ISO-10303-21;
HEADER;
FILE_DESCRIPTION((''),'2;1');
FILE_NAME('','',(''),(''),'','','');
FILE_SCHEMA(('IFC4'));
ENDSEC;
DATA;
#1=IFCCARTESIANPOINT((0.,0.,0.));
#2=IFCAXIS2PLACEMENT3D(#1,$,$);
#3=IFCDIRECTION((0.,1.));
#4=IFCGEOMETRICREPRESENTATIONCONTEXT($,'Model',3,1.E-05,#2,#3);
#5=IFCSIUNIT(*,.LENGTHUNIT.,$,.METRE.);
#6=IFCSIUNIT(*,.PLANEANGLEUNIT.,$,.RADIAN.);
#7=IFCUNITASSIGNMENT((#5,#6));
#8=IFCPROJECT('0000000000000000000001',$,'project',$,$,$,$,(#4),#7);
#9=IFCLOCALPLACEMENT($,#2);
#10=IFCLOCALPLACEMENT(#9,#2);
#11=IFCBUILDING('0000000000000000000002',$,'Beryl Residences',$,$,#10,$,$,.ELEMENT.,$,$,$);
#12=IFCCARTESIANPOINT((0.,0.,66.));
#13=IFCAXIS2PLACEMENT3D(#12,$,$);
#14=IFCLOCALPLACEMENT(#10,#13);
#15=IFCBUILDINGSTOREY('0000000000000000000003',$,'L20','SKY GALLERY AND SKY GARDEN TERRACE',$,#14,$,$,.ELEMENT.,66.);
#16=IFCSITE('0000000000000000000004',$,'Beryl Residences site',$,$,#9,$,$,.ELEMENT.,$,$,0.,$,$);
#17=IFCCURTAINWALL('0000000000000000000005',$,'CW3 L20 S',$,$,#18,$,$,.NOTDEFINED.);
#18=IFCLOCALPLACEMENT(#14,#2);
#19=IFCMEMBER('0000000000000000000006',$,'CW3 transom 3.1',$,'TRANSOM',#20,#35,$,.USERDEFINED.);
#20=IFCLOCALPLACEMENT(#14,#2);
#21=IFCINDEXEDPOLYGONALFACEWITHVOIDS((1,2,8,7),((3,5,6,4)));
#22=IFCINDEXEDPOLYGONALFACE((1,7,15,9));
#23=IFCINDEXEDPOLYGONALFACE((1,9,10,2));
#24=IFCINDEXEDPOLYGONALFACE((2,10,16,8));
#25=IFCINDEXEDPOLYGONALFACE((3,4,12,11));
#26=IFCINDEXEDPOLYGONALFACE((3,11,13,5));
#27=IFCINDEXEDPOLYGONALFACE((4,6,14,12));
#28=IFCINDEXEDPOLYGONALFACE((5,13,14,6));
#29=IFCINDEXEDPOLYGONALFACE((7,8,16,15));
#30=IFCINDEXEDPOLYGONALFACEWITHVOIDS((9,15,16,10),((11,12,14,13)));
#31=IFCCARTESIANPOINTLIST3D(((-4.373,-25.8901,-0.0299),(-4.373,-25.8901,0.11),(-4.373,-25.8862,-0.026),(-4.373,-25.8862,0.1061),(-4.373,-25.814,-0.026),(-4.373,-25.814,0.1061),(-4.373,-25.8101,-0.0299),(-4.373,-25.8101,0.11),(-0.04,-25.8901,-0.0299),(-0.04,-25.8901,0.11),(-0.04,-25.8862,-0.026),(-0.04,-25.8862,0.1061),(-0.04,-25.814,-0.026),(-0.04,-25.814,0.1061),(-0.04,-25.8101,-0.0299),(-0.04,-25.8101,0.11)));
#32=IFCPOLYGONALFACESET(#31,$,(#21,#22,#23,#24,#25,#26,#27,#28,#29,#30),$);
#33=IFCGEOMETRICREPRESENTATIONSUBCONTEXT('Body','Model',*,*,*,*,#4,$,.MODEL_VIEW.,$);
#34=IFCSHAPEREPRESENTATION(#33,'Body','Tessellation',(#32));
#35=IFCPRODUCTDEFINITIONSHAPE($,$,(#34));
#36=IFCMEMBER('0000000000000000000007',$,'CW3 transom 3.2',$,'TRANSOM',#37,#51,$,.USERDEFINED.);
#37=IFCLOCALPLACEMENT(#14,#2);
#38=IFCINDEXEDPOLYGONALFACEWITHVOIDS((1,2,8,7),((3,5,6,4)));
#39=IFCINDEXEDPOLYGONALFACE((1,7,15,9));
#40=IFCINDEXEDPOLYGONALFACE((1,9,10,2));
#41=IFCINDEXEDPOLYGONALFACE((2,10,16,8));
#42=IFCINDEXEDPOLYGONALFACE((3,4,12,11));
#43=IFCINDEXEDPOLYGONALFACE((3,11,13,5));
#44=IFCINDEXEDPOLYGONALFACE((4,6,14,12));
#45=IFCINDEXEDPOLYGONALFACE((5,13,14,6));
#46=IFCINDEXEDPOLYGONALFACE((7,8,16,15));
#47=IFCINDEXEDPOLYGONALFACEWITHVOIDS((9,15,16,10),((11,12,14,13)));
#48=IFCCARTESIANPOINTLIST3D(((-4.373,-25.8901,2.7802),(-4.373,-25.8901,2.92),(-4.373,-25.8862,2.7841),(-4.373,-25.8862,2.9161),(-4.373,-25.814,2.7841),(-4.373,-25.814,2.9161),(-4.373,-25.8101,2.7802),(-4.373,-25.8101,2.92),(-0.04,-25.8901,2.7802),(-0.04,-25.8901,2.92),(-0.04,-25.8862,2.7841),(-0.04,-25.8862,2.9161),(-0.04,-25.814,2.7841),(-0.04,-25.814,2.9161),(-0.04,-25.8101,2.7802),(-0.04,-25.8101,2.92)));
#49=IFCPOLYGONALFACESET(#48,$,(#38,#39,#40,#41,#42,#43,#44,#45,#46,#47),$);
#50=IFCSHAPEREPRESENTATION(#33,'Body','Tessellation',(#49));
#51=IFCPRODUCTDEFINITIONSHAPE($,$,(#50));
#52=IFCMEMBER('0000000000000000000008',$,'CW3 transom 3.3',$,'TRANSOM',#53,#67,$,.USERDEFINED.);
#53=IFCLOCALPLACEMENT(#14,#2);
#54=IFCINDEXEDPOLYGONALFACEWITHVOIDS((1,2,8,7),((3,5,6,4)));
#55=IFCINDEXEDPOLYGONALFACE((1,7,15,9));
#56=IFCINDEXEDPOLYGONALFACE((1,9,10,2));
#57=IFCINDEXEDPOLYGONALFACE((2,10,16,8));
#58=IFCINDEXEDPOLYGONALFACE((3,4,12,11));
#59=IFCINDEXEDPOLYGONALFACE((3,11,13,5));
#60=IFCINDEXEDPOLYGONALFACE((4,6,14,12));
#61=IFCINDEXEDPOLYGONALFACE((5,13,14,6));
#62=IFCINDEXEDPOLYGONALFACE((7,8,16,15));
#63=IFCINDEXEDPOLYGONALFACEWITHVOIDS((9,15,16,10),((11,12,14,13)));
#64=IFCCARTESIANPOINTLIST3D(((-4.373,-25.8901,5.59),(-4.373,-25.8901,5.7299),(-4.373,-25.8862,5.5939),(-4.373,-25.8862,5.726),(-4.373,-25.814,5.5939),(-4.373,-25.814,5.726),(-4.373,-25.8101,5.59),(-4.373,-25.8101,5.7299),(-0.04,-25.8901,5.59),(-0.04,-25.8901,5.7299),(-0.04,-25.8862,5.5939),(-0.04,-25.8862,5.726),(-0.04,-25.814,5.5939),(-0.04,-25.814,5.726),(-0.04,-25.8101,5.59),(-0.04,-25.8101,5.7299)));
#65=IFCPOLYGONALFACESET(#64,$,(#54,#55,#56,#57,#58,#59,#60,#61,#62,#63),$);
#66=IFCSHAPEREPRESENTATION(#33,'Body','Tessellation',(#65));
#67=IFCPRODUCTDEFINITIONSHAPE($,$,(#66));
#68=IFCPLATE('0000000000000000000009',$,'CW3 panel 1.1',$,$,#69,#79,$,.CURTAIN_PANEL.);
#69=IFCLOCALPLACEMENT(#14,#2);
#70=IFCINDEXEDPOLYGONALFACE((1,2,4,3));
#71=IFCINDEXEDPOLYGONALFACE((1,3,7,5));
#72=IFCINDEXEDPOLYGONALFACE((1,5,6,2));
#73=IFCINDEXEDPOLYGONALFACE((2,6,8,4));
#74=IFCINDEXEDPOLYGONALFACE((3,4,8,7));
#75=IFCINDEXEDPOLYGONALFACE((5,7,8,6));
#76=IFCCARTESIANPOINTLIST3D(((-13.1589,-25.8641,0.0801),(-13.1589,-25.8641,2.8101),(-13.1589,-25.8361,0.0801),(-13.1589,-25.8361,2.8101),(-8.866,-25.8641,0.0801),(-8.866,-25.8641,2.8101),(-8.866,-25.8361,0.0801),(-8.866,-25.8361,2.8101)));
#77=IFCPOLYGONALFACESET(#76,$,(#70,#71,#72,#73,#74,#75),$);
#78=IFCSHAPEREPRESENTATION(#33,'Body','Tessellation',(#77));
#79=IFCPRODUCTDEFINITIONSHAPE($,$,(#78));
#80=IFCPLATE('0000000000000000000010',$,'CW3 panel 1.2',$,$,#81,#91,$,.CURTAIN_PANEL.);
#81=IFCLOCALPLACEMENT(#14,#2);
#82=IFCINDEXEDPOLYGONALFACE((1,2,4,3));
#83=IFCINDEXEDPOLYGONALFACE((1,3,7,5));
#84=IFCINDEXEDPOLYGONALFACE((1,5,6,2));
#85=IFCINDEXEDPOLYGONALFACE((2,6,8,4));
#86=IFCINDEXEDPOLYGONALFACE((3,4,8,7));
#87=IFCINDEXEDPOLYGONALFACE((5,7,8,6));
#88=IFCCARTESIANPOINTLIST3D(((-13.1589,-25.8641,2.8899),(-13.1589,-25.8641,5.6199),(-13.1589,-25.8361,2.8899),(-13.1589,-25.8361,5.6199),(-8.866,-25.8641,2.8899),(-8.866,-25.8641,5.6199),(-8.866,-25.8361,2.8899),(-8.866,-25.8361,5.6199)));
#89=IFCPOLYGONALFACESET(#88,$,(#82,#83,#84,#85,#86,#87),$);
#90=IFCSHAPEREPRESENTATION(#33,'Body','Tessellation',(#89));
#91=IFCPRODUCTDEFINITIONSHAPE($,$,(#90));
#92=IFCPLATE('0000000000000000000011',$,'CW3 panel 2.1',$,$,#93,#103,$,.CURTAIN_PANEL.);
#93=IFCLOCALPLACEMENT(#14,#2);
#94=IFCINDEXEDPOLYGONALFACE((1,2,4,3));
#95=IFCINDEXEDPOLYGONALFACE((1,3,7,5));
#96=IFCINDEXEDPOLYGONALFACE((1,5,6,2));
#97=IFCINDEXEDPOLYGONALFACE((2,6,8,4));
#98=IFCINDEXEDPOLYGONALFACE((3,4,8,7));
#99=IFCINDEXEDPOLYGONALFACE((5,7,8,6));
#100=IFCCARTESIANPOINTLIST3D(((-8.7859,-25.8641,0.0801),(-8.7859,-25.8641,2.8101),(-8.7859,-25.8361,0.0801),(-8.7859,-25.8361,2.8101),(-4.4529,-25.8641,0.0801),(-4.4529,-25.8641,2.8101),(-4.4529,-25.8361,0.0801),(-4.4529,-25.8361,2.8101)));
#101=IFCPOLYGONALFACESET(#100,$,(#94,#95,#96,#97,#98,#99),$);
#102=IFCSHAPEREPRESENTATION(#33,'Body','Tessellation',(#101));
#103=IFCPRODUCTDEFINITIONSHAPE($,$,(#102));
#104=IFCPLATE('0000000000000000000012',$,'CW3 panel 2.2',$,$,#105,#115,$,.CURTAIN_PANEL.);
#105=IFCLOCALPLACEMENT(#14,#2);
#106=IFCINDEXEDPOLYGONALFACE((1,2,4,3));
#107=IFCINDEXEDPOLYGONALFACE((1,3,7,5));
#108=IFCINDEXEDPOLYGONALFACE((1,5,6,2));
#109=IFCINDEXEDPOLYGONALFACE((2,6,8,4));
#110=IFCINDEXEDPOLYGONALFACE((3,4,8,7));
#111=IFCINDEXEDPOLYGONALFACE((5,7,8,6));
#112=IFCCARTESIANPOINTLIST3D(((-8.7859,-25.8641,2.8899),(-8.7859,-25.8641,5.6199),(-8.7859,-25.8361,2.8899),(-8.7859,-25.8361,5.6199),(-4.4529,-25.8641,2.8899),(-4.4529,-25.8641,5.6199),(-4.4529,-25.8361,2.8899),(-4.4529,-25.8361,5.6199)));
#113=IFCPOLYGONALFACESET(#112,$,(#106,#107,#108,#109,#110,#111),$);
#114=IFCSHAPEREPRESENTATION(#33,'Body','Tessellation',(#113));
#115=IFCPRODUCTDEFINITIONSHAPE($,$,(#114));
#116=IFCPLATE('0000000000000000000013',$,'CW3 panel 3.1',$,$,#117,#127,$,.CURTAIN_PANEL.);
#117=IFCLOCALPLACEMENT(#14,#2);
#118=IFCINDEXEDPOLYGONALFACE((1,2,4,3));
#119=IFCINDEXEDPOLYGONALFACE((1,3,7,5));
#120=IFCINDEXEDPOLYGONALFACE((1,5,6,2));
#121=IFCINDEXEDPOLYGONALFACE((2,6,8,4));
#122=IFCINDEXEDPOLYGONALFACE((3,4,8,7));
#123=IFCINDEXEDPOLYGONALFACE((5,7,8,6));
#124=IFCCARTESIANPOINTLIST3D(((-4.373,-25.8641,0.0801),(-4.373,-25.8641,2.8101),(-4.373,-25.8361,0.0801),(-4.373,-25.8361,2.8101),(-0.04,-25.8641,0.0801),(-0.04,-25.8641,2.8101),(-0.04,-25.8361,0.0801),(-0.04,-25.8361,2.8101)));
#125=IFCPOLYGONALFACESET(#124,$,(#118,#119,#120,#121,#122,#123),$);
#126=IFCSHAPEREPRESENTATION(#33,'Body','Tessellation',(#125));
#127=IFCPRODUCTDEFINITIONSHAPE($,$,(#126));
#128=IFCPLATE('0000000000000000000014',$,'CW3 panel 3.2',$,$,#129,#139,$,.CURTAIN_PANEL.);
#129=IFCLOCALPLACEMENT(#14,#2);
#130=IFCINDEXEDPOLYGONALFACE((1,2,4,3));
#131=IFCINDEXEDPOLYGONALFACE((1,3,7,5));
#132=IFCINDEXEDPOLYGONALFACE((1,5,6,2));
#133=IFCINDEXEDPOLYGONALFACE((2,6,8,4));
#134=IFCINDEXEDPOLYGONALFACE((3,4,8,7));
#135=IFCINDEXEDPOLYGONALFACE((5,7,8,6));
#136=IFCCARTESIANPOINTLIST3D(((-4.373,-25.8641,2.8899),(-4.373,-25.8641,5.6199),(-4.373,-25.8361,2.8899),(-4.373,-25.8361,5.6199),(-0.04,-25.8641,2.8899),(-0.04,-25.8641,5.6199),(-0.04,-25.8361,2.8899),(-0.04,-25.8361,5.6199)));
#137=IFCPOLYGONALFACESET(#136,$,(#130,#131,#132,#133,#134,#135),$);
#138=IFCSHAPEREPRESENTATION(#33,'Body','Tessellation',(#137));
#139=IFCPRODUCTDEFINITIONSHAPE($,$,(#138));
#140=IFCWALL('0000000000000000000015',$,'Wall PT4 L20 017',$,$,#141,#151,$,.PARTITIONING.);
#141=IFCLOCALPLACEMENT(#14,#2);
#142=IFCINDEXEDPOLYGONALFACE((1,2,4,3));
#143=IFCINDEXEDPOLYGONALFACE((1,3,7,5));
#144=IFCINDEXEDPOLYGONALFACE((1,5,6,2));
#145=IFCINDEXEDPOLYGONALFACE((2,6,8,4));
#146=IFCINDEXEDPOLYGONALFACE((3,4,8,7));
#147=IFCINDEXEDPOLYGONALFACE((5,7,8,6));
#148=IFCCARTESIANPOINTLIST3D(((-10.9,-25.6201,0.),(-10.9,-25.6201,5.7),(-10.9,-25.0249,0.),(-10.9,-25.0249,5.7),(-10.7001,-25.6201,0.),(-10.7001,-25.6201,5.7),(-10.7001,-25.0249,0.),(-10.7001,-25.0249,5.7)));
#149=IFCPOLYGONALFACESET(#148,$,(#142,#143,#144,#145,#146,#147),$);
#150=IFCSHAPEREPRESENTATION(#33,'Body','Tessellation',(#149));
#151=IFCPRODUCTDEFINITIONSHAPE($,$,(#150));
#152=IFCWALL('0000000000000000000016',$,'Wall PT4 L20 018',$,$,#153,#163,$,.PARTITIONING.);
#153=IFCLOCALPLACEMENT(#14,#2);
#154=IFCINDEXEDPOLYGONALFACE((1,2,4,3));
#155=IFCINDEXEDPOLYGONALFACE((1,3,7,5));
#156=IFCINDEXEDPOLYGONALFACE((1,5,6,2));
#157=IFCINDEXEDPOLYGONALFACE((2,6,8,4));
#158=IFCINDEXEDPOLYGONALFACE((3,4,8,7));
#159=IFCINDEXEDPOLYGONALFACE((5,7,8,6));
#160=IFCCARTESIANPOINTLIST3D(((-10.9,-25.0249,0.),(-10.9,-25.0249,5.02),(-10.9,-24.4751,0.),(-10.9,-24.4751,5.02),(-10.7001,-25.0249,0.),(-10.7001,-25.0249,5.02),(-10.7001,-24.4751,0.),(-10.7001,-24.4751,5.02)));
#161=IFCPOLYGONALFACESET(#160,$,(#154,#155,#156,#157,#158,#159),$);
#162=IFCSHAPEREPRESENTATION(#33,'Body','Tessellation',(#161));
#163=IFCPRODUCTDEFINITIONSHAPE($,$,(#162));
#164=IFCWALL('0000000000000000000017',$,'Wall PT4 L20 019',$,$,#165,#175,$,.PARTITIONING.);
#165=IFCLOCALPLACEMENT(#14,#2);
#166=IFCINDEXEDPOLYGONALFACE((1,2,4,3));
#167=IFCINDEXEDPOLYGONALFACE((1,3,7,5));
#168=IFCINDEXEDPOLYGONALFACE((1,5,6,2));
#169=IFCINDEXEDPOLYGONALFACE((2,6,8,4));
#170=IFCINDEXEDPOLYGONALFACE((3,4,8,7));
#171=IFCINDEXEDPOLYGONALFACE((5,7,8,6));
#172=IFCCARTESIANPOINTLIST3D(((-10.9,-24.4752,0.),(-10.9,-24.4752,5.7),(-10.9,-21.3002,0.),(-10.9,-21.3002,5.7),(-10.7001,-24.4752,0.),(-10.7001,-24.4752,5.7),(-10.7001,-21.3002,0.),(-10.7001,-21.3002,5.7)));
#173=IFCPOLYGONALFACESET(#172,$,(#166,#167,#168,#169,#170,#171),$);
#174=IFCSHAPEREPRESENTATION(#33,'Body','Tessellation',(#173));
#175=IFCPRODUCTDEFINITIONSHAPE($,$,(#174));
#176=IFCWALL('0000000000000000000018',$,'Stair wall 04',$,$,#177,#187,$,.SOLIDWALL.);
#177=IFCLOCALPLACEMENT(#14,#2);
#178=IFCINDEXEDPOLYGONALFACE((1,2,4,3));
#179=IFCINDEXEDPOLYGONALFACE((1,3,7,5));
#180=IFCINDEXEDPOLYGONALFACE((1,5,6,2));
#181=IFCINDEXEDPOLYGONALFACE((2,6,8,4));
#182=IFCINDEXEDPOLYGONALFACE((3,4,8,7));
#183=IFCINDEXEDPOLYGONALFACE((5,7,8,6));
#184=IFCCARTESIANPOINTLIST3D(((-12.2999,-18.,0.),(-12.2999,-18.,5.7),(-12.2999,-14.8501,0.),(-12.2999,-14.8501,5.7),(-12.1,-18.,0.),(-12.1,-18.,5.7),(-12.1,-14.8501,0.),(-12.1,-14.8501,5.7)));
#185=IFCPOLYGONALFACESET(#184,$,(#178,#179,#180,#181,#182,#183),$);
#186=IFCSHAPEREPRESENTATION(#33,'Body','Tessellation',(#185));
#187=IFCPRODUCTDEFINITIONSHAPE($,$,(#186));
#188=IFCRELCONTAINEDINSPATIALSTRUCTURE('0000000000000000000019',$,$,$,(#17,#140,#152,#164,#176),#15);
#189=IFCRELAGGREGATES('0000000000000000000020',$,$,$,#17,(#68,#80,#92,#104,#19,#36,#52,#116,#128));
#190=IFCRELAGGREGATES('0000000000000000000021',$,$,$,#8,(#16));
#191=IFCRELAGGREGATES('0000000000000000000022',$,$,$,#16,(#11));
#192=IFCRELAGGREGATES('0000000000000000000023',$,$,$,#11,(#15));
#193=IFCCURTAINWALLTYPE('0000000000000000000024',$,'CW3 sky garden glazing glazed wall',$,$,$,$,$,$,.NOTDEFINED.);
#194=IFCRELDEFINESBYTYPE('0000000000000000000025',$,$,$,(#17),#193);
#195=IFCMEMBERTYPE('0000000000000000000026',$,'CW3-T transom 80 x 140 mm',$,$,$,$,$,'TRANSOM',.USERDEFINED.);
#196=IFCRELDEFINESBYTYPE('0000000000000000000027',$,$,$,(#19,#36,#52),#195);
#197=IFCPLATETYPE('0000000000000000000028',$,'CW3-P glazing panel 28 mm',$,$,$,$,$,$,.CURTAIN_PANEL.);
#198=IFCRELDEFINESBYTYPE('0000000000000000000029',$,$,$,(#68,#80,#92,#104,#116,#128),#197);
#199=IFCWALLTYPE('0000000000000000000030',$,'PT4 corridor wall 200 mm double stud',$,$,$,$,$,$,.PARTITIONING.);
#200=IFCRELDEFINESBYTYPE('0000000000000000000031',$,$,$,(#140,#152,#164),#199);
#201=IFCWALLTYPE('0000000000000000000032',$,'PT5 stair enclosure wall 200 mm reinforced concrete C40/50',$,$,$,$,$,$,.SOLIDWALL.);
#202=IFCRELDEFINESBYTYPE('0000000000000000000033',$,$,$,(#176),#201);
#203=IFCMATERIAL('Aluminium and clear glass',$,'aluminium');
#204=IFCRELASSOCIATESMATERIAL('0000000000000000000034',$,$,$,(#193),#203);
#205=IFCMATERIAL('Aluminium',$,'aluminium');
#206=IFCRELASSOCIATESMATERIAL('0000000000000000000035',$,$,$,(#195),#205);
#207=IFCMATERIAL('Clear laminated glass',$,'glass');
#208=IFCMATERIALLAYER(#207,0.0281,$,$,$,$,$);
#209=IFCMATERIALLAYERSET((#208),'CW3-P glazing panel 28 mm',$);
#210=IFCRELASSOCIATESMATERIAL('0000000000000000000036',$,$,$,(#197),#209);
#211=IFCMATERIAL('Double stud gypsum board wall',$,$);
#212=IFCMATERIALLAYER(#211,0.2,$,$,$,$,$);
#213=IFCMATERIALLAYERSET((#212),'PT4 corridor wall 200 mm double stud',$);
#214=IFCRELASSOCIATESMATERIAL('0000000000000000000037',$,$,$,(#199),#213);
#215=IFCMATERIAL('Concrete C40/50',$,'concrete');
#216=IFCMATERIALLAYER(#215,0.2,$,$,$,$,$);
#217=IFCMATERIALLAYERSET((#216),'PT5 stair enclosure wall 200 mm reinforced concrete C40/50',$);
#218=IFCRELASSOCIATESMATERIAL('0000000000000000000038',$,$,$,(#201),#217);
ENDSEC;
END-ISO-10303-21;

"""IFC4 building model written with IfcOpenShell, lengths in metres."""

from ifc_helpers import new_model, si_unit, direction, frame, frame_2d, origin, origin_2d, place, context, subcontext, project, spatial, rectangle, hollow_rectangle, extrude, material, layer, layer_set, material_profile, profile_set, type_object, element, aggregate, save


model = new_model("IFC4")

# Units and contexts
model_context = context("Model", 3, precision=1e-05, world=origin(), true_north=direction((0.0, 1.0)))
body_context = subcontext(model_context, "Body", "Model", "MODEL_VIEW")
ifc_project = project(units=[si_unit("LENGTHUNIT", "METRE"), si_unit("PLANEANGLEUNIT", "RADIAN")], contexts=[model_context])

# Site, building, storey
site_placement = place(None, origin())
site = spatial("IfcSite", under=ifc_project, at=site_placement, Name="Beryl Residences site", CompositionType="ELEMENT", RefElevation=0.0)
building_placement = place(site_placement, origin())
building = spatial("IfcBuilding", under=site, at=building_placement, Name="Beryl Residences", CompositionType="ELEMENT")
storey_placement = place(building_placement, frame((0.0, 0.0, 66.0)))
storey = spatial("IfcBuildingStorey", under=building, at=storey_placement, Name="L20", Description="SKY GALLERY AND SKY GARDEN TERRACE", CompositionType="ELEMENT", Elevation=66.0)

# Curtain wall, members, plates
ifc_material_1 = material(Name="Aluminium and clear glass", Category="aluminium")
curtain_wall_type = type_object("IfcCurtainWallType", Name="CW3 sky garden glazing glazed wall", PredefinedType="NOTDEFINED", material=ifc_material_1)
curtain_wall_placement = place(storey_placement, origin())
curtain_wall = element("IfcCurtainWall", 1, at=curtain_wall_placement, inside=storey, type_object=curtain_wall_type, Name="CW3 L20 S", PredefinedType="NOTDEFINED")
ifc_material_2 = material(Name="Aluminium", Category="aluminium")
ifc_material_profile_1 = material_profile(ifc_material_2, hollow_rectangle(XDim=0.0801, YDim=0.1399, WallThickness=0.0039, at=origin_2d()))
ifc_profile_set_1 = profile_set([ifc_material_profile_1], Name="Aluminium")
member_type_1 = type_object("IfcMemberType", Name="CW3-T transom 80 x 140 mm", ElementType="TRANSOM", PredefinedType="USERDEFINED", material=ifc_profile_set_1)
member_1_placement = place(storey_placement, frame((-4.373, -25.8501, 0.04), z_axis=(1.0, 0.0, 0.0), x_axis=(0.0, 1.0, 0.0)))
member_1 = element("IfcMember", 2, at=member_1_placement, type_object=member_type_1, Name="CW3 transom 3.1", ObjectType="TRANSOM", PredefinedType="USERDEFINED", context=body_context, shape_type="SweptSolid", body=[
    extrude(hollow_rectangle(XDim=0.0801, YDim=0.1399, WallThickness=0.0039, at=origin_2d()), origin(), (0.0, 0.0, 1.0), 4.333),
])
member_2_placement = place(storey_placement, frame((-4.373, -25.8501, 2.8501), z_axis=(1.0, 0.0, 0.0), x_axis=(0.0, 1.0, 0.0)))
member_2 = element("IfcMember", 3, at=member_2_placement, type_object=member_type_1, Name="CW3 transom 3.2", ObjectType="TRANSOM", PredefinedType="USERDEFINED", context=body_context, shape_type="SweptSolid", body=[
    extrude(hollow_rectangle(XDim=0.0801, YDim=0.1399, WallThickness=0.0039, at=origin_2d()), origin(), (0.0, 0.0, 1.0), 4.333),
])
member_3_placement = place(storey_placement, frame((-4.373, -25.8501, 5.6599), z_axis=(1.0, 0.0, 0.0), x_axis=(0.0, 1.0, 0.0)))
member_3 = element("IfcMember", 4, at=member_3_placement, type_object=member_type_1, Name="CW3 transom 3.3", ObjectType="TRANSOM", PredefinedType="USERDEFINED", context=body_context, shape_type="SweptSolid", body=[
    extrude(hollow_rectangle(XDim=0.0801, YDim=0.1399, WallThickness=0.0039, at=origin_2d()), origin(), (0.0, 0.0, 1.0), 4.333),
])
ifc_material_3 = material(Name="Clear laminated glass", Category="glass")
ifc_layer_1 = layer(ifc_material_3, 0.0281)
ifc_layer_set_1 = layer_set([ifc_layer_1], Name="CW3-P glazing panel 28 mm")
plate_type = type_object("IfcPlateType", Name="CW3-P glazing panel 28 mm", PredefinedType="CURTAIN_PANEL", material=ifc_layer_set_1)
plate_1_placement = place(storey_placement, frame((-11.0125, -25.8501, 0.0801), z_axis=(0.0, 0.0, 1.0), x_axis=(1.0, 0.0, 0.0)))
plate_1 = element("IfcPlate", 5, at=plate_1_placement, type_object=plate_type, Name="CW3 panel 1.1", PredefinedType="CURTAIN_PANEL", context=body_context, shape_type="SweptSolid", body=[
    extrude(rectangle(XDim=4.293, YDim=0.0281, at=origin_2d()), origin(), (0.0, 0.0, 1.0), 2.73),
])
plate_2_placement = place(storey_placement, frame((-11.0125, -25.8501, 2.8899), z_axis=(0.0, 0.0, 1.0), x_axis=(1.0, 0.0, 0.0)))
plate_2 = element("IfcPlate", 6, at=plate_2_placement, type_object=plate_type, Name="CW3 panel 1.2", PredefinedType="CURTAIN_PANEL", context=body_context, shape_type="SweptSolid", body=[
    extrude(rectangle(XDim=4.293, YDim=0.0281, at=origin_2d()), origin(), (0.0, 0.0, 1.0), 2.73),
])
plate_3_placement = place(storey_placement, frame((-6.6194, -25.8501, 0.0801), z_axis=(0.0, 0.0, 1.0), x_axis=(1.0, 0.0, 0.0)))
plate_3 = element("IfcPlate", 7, at=plate_3_placement, type_object=plate_type, Name="CW3 panel 2.1", PredefinedType="CURTAIN_PANEL", context=body_context, shape_type="SweptSolid", body=[
    extrude(rectangle(XDim=4.333, YDim=0.0281, at=origin_2d()), origin(), (0.0, 0.0, 1.0), 2.73),
])
plate_4_placement = place(storey_placement, frame((-6.6194, -25.8501, 2.8899), z_axis=(0.0, 0.0, 1.0), x_axis=(1.0, 0.0, 0.0)))
plate_4 = element("IfcPlate", 8, at=plate_4_placement, type_object=plate_type, Name="CW3 panel 2.2", PredefinedType="CURTAIN_PANEL", context=body_context, shape_type="SweptSolid", body=[
    extrude(rectangle(XDim=4.333, YDim=0.0281, at=origin_2d()), origin(), (0.0, 0.0, 1.0), 2.73),
])
plate_5_placement = place(storey_placement, frame((-2.2065, -25.8501, 0.0801), z_axis=(0.0, 0.0, 1.0), x_axis=(1.0, 0.0, 0.0)))
plate_5 = element("IfcPlate", 9, at=plate_5_placement, type_object=plate_type, Name="CW3 panel 3.1", PredefinedType="CURTAIN_PANEL", context=body_context, shape_type="SweptSolid", body=[
    extrude(rectangle(XDim=4.333, YDim=0.0281, at=origin_2d()), origin(), (0.0, 0.0, 1.0), 2.73),
])
plate_6_placement = place(storey_placement, frame((-2.2065, -25.8501, 2.8899), z_axis=(0.0, 0.0, 1.0), x_axis=(1.0, 0.0, 0.0)))
plate_6 = element("IfcPlate", 10, at=plate_6_placement, type_object=plate_type, Name="CW3 panel 3.2", PredefinedType="CURTAIN_PANEL", context=body_context, shape_type="SweptSolid", body=[
    extrude(rectangle(XDim=4.333, YDim=0.0281, at=origin_2d()), origin(), (0.0, 0.0, 1.0), 2.73),
])
aggregate(curtain_wall, [plate_1, plate_2, plate_3, plate_4, member_1, member_2, member_3, plate_5, plate_6])

# Walls
ifc_material_4 = material(Name="Double stud gypsum board wall")
ifc_layer_2 = layer(ifc_material_4, 0.2)
ifc_layer_set_2 = layer_set([ifc_layer_2], Name="PT4 corridor wall 200 mm double stud")
wall_type_1 = type_object("IfcWallType", Name="PT4 corridor wall 200 mm double stud", PredefinedType="PARTITIONING", material=ifc_layer_set_2)
wall_1_placement = place(storey_placement, frame((-10.8, -25.6201, 0.0), z_axis=(0.0, 0.0, 1.0), x_axis=(0.0, 1.0, 0.0)))
element("IfcWall", 11, at=wall_1_placement, inside=storey, type_object=wall_type_1, Name="Wall PT4 L20 017", PredefinedType="PARTITIONING", context=body_context, shape_type="SweptSolid", body=[
    extrude(rectangle(XDim=0.5952, YDim=0.2, at=frame_2d((0.2976, 0.0))), origin(), (0.0, 0.0, 1.0), 5.7),
])
wall_2_placement = place(storey_placement, frame((-10.8, -25.0249, 0.0), z_axis=(0.0, 0.0, 1.0), x_axis=(0.0, 1.0, 0.0)))
element("IfcWall", 12, at=wall_2_placement, inside=storey, type_object=wall_type_1, Name="Wall PT4 L20 018", PredefinedType="PARTITIONING", context=body_context, shape_type="SweptSolid", body=[
    extrude(rectangle(XDim=0.5498, YDim=0.2, at=frame_2d((0.2749, 0.0))), origin(), (0.0, 0.0, 1.0), 5.02),
])
wall_3_placement = place(storey_placement, frame((-10.8, -24.4751, 0.0), z_axis=(0.0, 0.0, 1.0), x_axis=(0.0, 1.0, 0.0)))
element("IfcWall", 13, at=wall_3_placement, inside=storey, type_object=wall_type_1, Name="Wall PT4 L20 019", PredefinedType="PARTITIONING", context=body_context, shape_type="SweptSolid", body=[
    extrude(rectangle(XDim=3.175, YDim=0.2, at=frame_2d((1.5874, 0.0))), origin(), (0.0, 0.0, 1.0), 5.7),
])
ifc_material_5 = material(Name="Concrete C40/50", Category="concrete")
ifc_layer_3 = layer(ifc_material_5, 0.2)
ifc_layer_set_3 = layer_set([ifc_layer_3], Name="PT5 stair enclosure wall 200 mm reinforced concrete C40/50")
wall_type_2 = type_object("IfcWallType", Name="PT5 stair enclosure wall 200 mm reinforced concrete C40/50", PredefinedType="SOLIDWALL", material=ifc_layer_set_3)
wall_4_placement = place(storey_placement, frame((-12.2, -18.0, 0.0), z_axis=(0.0, 0.0, 1.0), x_axis=(0.0, 1.0, 0.0)))
element("IfcWall", 14, at=wall_4_placement, inside=storey, type_object=wall_type_2, Name="Stair wall 04", PredefinedType="SOLIDWALL", context=body_context, shape_type="SweptSolid", body=[
    extrude(rectangle(XDim=3.1499, YDim=0.2, at=frame_2d((1.575, 0.0))), origin(), (0.0, 0.0, 1.0), 5.7),
])

save(model, "model.ifc")
